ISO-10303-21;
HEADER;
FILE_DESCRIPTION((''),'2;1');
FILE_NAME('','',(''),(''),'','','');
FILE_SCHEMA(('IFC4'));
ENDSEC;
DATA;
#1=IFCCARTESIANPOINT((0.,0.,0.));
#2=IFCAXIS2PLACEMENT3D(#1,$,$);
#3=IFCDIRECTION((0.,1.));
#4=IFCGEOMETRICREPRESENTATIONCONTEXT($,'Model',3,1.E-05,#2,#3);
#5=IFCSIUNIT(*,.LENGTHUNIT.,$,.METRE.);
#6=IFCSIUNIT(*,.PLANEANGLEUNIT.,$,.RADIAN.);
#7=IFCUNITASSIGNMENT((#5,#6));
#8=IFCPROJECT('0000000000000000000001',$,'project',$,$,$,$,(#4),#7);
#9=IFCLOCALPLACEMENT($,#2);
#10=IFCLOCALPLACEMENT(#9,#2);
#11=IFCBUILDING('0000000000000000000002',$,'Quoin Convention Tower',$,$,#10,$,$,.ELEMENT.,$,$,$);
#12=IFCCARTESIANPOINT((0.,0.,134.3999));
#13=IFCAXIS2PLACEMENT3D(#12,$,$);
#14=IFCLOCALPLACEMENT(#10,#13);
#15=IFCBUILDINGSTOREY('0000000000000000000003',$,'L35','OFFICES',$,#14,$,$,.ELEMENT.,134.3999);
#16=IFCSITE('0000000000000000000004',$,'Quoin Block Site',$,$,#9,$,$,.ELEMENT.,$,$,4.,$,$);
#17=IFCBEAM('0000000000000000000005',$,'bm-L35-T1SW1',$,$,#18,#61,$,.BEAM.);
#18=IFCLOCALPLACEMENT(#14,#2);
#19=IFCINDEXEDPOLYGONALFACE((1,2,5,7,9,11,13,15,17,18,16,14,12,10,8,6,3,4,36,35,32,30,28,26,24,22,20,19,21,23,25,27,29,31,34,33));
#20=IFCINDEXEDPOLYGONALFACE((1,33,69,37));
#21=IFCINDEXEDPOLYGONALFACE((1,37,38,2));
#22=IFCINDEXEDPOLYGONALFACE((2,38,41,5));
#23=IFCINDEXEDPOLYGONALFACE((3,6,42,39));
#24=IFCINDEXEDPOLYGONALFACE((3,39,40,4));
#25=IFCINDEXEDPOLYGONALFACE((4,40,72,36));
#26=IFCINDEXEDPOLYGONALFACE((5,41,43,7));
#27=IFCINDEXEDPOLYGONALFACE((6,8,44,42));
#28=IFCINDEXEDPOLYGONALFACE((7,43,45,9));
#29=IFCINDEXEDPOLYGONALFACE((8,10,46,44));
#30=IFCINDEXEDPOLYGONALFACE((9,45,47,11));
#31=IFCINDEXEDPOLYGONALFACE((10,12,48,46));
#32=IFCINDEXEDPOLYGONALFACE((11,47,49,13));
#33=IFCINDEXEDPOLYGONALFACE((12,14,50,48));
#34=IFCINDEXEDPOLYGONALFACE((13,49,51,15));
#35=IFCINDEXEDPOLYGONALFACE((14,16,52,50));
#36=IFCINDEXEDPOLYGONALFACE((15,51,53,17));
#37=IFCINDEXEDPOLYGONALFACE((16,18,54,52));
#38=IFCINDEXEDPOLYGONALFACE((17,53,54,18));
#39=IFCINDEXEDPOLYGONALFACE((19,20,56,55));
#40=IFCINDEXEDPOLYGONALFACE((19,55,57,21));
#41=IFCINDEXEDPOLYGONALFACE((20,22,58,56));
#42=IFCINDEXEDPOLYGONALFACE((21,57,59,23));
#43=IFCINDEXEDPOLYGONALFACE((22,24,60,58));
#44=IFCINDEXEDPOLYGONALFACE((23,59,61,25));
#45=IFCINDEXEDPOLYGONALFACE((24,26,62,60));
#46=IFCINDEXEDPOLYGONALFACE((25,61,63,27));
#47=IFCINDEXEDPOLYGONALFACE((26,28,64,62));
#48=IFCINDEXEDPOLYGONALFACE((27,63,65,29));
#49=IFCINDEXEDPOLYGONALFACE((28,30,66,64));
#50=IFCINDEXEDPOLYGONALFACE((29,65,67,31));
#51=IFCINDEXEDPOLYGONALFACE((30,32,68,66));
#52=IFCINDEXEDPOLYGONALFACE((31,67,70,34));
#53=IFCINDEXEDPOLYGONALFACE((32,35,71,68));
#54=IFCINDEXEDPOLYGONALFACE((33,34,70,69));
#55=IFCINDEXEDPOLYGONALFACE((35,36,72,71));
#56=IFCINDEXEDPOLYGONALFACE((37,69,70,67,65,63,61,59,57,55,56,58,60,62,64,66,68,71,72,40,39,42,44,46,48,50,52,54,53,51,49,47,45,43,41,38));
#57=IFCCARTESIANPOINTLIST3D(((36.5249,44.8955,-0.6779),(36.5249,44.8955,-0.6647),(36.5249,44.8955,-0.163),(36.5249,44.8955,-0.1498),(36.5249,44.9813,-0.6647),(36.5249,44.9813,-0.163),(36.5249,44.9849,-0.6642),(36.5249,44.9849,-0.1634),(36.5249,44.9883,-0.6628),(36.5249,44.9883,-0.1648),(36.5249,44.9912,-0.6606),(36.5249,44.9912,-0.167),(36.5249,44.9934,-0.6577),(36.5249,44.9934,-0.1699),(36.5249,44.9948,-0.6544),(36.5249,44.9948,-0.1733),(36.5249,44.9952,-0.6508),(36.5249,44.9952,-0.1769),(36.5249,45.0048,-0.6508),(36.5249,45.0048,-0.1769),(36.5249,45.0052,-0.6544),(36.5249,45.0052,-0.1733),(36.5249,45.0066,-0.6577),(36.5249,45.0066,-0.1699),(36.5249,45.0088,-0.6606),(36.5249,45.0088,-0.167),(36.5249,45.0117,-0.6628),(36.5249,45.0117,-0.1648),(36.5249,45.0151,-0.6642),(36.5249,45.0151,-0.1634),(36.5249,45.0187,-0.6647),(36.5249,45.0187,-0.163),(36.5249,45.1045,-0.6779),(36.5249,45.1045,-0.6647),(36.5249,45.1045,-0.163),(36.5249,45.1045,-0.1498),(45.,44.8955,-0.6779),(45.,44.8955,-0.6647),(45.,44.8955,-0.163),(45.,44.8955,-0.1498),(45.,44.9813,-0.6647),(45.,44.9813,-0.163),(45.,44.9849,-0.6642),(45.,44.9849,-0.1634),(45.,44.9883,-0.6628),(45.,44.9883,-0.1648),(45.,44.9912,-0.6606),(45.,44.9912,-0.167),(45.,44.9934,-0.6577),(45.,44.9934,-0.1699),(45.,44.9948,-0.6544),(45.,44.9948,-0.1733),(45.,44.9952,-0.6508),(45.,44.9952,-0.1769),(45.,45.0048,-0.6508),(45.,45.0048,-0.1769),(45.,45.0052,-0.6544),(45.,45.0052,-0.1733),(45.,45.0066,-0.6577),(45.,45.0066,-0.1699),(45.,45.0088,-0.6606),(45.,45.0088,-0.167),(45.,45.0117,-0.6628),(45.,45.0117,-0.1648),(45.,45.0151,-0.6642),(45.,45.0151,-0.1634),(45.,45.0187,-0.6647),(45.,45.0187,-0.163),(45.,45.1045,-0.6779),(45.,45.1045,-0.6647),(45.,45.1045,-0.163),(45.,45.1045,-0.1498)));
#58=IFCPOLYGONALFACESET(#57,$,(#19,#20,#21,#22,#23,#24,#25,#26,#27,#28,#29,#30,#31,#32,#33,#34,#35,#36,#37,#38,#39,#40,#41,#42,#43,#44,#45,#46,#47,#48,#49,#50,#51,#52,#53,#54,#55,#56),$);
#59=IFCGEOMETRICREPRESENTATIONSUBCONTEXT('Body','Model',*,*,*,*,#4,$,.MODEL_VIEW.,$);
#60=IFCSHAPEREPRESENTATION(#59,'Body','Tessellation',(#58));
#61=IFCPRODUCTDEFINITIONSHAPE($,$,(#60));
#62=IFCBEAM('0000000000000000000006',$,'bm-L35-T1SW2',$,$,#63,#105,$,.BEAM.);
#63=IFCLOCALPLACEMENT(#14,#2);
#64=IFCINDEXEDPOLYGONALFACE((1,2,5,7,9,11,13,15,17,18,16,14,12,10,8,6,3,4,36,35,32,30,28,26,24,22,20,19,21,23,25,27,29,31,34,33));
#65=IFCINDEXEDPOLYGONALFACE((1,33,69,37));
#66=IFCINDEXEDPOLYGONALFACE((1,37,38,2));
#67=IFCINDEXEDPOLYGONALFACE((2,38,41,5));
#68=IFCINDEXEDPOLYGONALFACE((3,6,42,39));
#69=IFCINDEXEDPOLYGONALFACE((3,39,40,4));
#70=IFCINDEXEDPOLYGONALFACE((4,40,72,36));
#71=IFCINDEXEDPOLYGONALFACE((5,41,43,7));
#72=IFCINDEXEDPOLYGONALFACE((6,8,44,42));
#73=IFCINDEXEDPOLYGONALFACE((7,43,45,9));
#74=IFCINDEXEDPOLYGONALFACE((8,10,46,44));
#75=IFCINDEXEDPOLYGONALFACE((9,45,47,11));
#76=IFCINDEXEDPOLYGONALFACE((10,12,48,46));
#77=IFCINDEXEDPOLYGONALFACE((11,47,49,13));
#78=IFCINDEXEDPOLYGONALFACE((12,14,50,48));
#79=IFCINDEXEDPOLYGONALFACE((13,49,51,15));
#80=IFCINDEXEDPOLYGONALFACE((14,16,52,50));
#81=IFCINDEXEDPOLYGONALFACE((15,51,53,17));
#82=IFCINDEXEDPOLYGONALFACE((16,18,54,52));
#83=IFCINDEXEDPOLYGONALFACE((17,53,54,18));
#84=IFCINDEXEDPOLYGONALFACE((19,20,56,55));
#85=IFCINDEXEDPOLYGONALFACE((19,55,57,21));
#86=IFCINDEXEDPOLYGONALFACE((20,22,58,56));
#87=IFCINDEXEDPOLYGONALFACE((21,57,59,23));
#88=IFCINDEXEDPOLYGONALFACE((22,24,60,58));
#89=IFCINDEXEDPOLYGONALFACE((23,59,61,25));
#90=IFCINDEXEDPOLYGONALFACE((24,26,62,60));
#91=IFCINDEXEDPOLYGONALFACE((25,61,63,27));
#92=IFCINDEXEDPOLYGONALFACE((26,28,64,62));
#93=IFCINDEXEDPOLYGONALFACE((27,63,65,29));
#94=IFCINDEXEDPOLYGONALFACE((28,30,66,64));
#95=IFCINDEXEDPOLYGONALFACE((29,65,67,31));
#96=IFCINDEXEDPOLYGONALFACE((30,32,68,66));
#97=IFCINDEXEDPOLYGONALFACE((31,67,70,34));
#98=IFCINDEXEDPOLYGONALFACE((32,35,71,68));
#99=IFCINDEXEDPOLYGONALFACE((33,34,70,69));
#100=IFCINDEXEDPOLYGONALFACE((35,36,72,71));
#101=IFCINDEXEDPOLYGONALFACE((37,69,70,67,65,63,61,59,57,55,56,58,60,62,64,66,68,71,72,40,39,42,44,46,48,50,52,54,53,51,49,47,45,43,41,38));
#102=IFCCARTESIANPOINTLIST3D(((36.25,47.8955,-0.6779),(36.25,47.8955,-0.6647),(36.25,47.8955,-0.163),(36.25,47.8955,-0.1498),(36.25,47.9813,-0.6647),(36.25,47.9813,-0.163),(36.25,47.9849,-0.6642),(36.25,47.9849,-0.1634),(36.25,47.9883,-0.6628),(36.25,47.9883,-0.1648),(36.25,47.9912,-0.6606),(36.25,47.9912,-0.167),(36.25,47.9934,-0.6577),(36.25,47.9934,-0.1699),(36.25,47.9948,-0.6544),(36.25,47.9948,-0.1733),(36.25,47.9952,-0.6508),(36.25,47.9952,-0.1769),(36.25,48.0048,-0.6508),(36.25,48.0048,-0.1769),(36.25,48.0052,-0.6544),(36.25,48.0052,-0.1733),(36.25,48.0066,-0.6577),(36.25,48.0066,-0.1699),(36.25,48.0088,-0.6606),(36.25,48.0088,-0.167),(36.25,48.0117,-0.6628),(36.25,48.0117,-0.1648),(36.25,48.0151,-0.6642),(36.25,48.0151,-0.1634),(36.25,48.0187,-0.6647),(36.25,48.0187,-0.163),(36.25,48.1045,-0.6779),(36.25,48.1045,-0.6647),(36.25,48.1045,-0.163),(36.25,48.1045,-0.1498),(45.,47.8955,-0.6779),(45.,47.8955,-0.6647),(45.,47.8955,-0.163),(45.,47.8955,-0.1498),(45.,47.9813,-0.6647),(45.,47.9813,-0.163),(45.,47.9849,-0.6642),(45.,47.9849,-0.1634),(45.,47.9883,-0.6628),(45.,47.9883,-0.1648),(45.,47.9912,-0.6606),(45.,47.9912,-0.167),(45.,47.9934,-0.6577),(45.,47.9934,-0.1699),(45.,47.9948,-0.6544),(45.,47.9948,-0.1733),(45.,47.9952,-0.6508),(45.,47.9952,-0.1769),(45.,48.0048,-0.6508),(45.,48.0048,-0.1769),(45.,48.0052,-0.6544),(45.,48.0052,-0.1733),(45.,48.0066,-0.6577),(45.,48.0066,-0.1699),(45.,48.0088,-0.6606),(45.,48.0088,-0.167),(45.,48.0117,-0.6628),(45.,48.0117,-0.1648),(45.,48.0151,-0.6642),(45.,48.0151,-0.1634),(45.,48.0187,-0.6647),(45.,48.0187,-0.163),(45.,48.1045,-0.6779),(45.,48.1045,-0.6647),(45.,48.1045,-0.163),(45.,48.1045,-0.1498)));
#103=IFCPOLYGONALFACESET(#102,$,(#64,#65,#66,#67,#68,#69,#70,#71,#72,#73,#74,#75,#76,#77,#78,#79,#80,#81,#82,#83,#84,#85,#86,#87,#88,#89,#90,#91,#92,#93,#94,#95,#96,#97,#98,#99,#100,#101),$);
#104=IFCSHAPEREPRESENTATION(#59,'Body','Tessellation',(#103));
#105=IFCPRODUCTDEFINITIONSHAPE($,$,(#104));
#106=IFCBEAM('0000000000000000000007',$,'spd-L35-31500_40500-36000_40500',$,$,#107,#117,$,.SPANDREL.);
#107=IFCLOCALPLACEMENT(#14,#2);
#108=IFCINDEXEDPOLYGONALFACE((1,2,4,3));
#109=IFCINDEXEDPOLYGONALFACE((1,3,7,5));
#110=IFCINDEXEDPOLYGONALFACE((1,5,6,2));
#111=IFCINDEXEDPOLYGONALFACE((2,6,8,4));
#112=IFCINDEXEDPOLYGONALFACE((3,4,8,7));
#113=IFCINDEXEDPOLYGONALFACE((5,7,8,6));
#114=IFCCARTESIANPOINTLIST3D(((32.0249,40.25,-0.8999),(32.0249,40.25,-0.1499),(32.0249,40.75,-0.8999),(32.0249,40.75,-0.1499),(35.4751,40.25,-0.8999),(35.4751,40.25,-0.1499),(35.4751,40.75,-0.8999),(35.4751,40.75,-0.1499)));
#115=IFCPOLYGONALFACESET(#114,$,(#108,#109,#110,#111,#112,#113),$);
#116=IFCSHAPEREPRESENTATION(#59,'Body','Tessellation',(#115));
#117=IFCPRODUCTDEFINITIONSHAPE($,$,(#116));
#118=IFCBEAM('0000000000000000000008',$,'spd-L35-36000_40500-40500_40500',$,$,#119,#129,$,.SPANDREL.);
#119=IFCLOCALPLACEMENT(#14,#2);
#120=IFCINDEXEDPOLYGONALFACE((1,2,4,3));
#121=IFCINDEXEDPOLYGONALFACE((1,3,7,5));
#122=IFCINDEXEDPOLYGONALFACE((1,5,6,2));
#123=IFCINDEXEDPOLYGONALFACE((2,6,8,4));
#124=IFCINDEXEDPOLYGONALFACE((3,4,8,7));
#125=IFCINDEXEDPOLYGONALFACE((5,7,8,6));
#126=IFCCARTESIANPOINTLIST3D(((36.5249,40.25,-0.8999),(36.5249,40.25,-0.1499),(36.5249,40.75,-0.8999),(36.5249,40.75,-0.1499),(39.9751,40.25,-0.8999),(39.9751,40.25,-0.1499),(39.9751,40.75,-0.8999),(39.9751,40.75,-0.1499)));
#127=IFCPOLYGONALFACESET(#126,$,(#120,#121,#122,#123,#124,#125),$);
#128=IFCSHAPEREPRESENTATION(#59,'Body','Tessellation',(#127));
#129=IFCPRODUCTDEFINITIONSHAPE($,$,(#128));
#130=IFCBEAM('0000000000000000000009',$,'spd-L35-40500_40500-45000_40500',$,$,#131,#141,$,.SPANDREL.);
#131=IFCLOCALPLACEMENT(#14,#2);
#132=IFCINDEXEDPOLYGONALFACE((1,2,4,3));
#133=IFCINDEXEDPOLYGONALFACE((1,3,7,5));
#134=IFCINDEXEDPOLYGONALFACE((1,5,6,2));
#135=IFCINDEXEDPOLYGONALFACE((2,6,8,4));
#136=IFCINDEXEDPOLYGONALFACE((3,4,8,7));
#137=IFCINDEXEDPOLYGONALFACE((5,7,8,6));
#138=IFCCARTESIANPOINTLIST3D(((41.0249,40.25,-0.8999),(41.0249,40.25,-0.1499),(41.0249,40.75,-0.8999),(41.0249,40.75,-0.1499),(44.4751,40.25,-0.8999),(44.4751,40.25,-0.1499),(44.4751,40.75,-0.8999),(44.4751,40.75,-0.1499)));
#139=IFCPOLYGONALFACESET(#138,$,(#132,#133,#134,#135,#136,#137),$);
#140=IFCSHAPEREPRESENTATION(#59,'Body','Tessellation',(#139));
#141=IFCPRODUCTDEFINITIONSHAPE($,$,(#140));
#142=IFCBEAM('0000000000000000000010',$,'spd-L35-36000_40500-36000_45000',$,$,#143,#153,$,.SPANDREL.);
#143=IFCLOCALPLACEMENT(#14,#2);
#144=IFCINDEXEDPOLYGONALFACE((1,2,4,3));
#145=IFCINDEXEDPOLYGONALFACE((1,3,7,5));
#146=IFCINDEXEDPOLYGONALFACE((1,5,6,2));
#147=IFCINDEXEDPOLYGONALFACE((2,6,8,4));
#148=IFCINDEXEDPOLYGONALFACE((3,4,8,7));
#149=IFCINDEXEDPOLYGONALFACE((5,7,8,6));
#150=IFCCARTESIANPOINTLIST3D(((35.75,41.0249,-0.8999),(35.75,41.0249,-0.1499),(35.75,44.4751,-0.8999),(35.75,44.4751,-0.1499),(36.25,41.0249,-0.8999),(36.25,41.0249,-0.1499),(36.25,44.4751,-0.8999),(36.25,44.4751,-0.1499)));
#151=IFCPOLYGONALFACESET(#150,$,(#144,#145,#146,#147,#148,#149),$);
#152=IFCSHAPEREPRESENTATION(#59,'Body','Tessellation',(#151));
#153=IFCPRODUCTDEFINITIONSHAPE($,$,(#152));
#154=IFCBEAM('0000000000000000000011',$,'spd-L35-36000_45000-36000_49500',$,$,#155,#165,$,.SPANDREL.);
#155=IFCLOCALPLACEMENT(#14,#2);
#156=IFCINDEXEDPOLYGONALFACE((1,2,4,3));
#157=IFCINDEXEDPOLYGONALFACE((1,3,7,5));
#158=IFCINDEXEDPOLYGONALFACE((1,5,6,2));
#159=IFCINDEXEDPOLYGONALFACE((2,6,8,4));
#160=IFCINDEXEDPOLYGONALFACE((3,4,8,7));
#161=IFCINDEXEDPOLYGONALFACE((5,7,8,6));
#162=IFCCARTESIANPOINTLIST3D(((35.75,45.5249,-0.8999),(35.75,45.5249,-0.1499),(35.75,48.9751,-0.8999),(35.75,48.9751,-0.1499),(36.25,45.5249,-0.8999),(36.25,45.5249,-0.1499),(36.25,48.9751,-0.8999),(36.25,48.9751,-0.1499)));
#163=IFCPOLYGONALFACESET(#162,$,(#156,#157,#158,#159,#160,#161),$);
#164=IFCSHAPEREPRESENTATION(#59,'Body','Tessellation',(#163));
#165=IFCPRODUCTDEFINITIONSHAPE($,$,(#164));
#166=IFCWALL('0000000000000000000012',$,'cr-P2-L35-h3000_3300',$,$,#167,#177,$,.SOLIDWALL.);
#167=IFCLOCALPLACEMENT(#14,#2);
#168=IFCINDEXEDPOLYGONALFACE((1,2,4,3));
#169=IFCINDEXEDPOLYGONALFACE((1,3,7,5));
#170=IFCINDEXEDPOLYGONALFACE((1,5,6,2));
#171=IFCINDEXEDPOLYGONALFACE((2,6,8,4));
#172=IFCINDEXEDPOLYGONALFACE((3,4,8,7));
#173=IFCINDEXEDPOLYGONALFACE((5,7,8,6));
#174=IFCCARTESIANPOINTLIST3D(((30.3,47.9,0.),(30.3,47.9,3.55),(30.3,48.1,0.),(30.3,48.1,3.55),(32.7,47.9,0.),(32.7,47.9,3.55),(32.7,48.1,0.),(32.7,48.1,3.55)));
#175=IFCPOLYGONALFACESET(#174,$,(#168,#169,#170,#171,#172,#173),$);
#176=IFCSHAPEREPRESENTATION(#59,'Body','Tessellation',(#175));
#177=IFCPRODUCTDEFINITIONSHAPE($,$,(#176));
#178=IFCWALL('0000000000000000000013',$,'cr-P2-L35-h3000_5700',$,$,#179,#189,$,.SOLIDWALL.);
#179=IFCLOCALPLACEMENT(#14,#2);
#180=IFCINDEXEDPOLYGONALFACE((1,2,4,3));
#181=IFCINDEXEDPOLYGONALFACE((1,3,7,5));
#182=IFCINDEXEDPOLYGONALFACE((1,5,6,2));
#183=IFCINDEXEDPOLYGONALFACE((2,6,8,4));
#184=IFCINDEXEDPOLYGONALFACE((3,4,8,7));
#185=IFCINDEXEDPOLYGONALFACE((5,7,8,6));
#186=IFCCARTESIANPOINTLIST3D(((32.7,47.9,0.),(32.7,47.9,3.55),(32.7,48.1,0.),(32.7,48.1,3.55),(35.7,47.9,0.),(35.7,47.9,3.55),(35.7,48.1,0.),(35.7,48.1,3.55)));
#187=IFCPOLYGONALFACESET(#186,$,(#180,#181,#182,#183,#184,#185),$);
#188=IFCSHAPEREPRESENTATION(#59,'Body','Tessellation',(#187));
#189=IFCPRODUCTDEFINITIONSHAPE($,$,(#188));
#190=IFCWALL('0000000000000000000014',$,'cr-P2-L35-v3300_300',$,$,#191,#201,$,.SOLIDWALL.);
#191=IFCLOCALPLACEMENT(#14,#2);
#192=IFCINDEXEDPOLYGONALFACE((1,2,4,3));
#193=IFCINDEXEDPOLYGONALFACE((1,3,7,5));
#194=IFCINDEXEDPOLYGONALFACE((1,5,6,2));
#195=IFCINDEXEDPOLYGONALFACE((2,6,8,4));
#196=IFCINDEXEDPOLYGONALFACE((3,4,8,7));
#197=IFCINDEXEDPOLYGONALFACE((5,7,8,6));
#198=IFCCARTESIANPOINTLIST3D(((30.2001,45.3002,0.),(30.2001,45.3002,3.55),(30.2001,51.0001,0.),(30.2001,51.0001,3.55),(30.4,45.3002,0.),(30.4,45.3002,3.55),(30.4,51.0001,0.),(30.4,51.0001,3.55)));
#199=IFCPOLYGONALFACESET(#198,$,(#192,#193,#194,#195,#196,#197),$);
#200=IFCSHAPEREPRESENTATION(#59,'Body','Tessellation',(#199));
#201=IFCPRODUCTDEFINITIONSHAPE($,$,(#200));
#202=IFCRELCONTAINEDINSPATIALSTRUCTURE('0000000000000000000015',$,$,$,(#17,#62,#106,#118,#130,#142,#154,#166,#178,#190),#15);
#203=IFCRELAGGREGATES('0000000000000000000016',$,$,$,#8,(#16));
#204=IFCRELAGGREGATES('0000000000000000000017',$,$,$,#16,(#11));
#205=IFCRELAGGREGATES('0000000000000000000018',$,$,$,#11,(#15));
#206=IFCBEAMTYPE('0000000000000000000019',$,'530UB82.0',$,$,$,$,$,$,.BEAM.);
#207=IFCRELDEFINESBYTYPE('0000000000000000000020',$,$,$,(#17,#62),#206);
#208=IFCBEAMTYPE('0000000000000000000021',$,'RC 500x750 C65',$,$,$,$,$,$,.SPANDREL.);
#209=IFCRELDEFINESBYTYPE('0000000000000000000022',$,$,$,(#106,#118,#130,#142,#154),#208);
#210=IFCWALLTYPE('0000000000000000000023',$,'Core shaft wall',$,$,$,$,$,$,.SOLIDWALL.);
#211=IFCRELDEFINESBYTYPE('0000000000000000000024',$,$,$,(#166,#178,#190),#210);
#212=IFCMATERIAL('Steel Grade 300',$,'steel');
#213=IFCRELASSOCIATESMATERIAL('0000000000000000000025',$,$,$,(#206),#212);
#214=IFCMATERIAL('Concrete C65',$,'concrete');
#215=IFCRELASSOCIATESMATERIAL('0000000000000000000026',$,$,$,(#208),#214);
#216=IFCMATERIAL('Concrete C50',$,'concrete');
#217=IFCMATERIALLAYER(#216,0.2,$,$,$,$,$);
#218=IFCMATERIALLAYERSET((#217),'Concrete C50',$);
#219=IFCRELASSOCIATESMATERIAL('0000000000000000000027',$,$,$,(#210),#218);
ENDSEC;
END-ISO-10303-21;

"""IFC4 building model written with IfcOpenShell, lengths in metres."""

from ifc_helpers import new_model, si_unit, direction, frame, frame_2d, origin, origin_2d, place, context, subcontext, project, spatial, rectangle, i_section, extrude, material, layer, layer_set, material_profile, profile_set, type_object, element, save


model = new_model("IFC4")

# Units and contexts
model_context = context("Model", 3, precision=1e-05, world=origin(), true_north=direction((0.0, 1.0)))
body_context = subcontext(model_context, "Body", "Model", "MODEL_VIEW")
ifc_project = project(units=[si_unit("LENGTHUNIT", "METRE"), si_unit("PLANEANGLEUNIT", "RADIAN")], contexts=[model_context])

# Site, building, storey
site_placement = place(None, origin())
site = spatial("IfcSite", under=ifc_project, at=site_placement, Name="Quoin Block Site", CompositionType="ELEMENT", RefElevation=4.0)
building_placement = place(site_placement, origin())
building = spatial("IfcBuilding", under=site, at=building_placement, Name="Quoin Convention Tower", CompositionType="ELEMENT")
storey_placement = place(building_placement, frame((0.0, 0.0, 134.3999)))
storey = spatial("IfcBuildingStorey", under=building, at=storey_placement, Name="L35", Description="OFFICES", CompositionType="ELEMENT", Elevation=134.3999)

# Shared definitions
ifc_material_1 = material(Name="Concrete C65", Category="concrete")

# Beams
ifc_material_2 = material(Name="Steel Grade 300", Category="steel")
ifc_material_profile_1 = material_profile(ifc_material_2, i_section(OverallWidth=0.209, OverallDepth=0.5281, WebThickness=0.0095, FlangeThickness=0.0132, FilletRadius=0.0139, at=origin_2d()), Name="530UB82.0")
ifc_profile_set_1 = profile_set([ifc_material_profile_1], Name="Steel Grade 300")
beam_type_1 = type_object("IfcBeamType", Name="530UB82.0", PredefinedType="BEAM", material=ifc_profile_set_1)
beam_1_placement = place(storey_placement, frame((36.5249, 45.0, -0.4138), z_axis=(1.0, 0.0, 0.0), x_axis=(0.0, 1.0, 0.0)))
element("IfcBeam", 1, at=beam_1_placement, inside=storey, type_object=beam_type_1, Name="bm-L35-T1SW1", PredefinedType="BEAM", context=body_context, shape_type="SweptSolid", body=[
    extrude(i_section(OverallWidth=0.209, OverallDepth=0.5281, WebThickness=0.0095, FlangeThickness=0.0132, FilletRadius=0.0139, at=origin_2d()), origin(), (0.0, 0.0, 1.0), 8.4751),
])
beam_2_placement = place(storey_placement, frame((36.25, 48.0, -0.4138), z_axis=(1.0, 0.0, 0.0), x_axis=(0.0, 1.0, 0.0)))
element("IfcBeam", 2, at=beam_2_placement, inside=storey, type_object=beam_type_1, Name="bm-L35-T1SW2", PredefinedType="BEAM", context=body_context, shape_type="SweptSolid", body=[
    extrude(i_section(OverallWidth=0.209, OverallDepth=0.5281, WebThickness=0.0095, FlangeThickness=0.0132, FilletRadius=0.0139, at=origin_2d()), origin(), (0.0, 0.0, 1.0), 8.75),
])
ifc_material_profile_2 = material_profile(ifc_material_1, rectangle(XDim=0.5, YDim=0.75, at=origin_2d()), Name="RC 500x750")
ifc_profile_set_2 = profile_set([ifc_material_profile_2], Name="Concrete C65")
beam_type_2 = type_object("IfcBeamType", Name="RC 500x750 C65", PredefinedType="SPANDREL", material=ifc_profile_set_2)
for number, where, z_axis, x_axis, name in (
    (3, (32.0249, 40.5, -0.5249), (1.0, 0.0, 0.0), (0.0, 1.0, 0.0), "spd-L35-31500_40500-36000_40500"),
    (4, (36.5249, 40.5, -0.5249), (1.0, 0.0, 0.0), (0.0, 1.0, 0.0), "spd-L35-36000_40500-40500_40500"),
    (5, (41.0249, 40.5, -0.5249), (1.0, 0.0, 0.0), (0.0, 1.0, 0.0), "spd-L35-40500_40500-45000_40500"),
    (6, (36.0, 41.0249, -0.5249), (0.0, 1.0, 0.0), (-1.0, 0.0, 0.0), "spd-L35-36000_40500-36000_45000"),
    (7, (36.0, 45.5249, -0.5249), (0.0, 1.0, 0.0), (-1.0, 0.0, 0.0), "spd-L35-36000_45000-36000_49500"),
):
    element("IfcBeam", number, at=place(storey_placement, frame(where, z_axis=z_axis, x_axis=x_axis)), inside=storey, type_object=beam_type_2, Name=name, PredefinedType="SPANDREL", context=body_context, shape_type="SweptSolid", body=[
        extrude(rectangle(XDim=0.5, YDim=0.75, at=origin_2d()), origin(), (0.0, 0.0, 1.0), 3.4502),
    ])

# Walls
ifc_material_3 = material(Name="Concrete C50", Category="concrete")
ifc_layer_1 = layer(ifc_material_3, 0.2)
ifc_layer_set_1 = layer_set([ifc_layer_1], Name="Concrete C50")
wall_type_1 = type_object("IfcWallType", Name="Core shaft wall", PredefinedType="SOLIDWALL", material=ifc_layer_set_1)
wall_1_placement = place(storey_placement, frame((30.3, 48.0, 0.0), z_axis=(0.0, 0.0, 1.0), x_axis=(1.0, 0.0, 0.0)))
element("IfcWall", 8, at=wall_1_placement, inside=storey, type_object=wall_type_1, Name="cr-P2-L35-h3000_3300", PredefinedType="SOLIDWALL", context=body_context, shape_type="SweptSolid", body=[
    extrude(rectangle(XDim=2.3999, YDim=0.2, at=frame_2d((1.2, 0.0))), origin(), (0.0, 0.0, 1.0), 3.55),
])
wall_2_placement = place(storey_placement, frame((32.7, 48.0, 0.0), z_axis=(0.0, 0.0, 1.0), x_axis=(1.0, 0.0, 0.0)))
element("IfcWall", 9, at=wall_2_placement, inside=storey, type_object=wall_type_1, Name="cr-P2-L35-h3000_5700", PredefinedType="SOLIDWALL", context=body_context, shape_type="SweptSolid", body=[
    extrude(rectangle(XDim=3.0, YDim=0.2, at=frame_2d((1.5, 0.0))), origin(), (0.0, 0.0, 1.0), 3.55),
])
for number, where, z_axis, x_axis, name in (
    (10, (30.3, 45.3, 0.0), (0.0, 0.0, 1.0), (0.0, 1.0, 0.0), "cr-P2-L35-v3300_300"),
):
    element("IfcWall", number, at=place(storey_placement, frame(where, z_axis=z_axis, x_axis=x_axis)), inside=storey, type_object=wall_type_1, Name=name, PredefinedType="SOLIDWALL", context=body_context, shape_type="SweptSolid", body=[
        extrude(rectangle(XDim=5.7, YDim=0.2, at=frame_2d((2.8501, 0.0))), origin(), (0.0, 0.0, 1.0), 3.55),
    ])

save(model, "model.ifc")
